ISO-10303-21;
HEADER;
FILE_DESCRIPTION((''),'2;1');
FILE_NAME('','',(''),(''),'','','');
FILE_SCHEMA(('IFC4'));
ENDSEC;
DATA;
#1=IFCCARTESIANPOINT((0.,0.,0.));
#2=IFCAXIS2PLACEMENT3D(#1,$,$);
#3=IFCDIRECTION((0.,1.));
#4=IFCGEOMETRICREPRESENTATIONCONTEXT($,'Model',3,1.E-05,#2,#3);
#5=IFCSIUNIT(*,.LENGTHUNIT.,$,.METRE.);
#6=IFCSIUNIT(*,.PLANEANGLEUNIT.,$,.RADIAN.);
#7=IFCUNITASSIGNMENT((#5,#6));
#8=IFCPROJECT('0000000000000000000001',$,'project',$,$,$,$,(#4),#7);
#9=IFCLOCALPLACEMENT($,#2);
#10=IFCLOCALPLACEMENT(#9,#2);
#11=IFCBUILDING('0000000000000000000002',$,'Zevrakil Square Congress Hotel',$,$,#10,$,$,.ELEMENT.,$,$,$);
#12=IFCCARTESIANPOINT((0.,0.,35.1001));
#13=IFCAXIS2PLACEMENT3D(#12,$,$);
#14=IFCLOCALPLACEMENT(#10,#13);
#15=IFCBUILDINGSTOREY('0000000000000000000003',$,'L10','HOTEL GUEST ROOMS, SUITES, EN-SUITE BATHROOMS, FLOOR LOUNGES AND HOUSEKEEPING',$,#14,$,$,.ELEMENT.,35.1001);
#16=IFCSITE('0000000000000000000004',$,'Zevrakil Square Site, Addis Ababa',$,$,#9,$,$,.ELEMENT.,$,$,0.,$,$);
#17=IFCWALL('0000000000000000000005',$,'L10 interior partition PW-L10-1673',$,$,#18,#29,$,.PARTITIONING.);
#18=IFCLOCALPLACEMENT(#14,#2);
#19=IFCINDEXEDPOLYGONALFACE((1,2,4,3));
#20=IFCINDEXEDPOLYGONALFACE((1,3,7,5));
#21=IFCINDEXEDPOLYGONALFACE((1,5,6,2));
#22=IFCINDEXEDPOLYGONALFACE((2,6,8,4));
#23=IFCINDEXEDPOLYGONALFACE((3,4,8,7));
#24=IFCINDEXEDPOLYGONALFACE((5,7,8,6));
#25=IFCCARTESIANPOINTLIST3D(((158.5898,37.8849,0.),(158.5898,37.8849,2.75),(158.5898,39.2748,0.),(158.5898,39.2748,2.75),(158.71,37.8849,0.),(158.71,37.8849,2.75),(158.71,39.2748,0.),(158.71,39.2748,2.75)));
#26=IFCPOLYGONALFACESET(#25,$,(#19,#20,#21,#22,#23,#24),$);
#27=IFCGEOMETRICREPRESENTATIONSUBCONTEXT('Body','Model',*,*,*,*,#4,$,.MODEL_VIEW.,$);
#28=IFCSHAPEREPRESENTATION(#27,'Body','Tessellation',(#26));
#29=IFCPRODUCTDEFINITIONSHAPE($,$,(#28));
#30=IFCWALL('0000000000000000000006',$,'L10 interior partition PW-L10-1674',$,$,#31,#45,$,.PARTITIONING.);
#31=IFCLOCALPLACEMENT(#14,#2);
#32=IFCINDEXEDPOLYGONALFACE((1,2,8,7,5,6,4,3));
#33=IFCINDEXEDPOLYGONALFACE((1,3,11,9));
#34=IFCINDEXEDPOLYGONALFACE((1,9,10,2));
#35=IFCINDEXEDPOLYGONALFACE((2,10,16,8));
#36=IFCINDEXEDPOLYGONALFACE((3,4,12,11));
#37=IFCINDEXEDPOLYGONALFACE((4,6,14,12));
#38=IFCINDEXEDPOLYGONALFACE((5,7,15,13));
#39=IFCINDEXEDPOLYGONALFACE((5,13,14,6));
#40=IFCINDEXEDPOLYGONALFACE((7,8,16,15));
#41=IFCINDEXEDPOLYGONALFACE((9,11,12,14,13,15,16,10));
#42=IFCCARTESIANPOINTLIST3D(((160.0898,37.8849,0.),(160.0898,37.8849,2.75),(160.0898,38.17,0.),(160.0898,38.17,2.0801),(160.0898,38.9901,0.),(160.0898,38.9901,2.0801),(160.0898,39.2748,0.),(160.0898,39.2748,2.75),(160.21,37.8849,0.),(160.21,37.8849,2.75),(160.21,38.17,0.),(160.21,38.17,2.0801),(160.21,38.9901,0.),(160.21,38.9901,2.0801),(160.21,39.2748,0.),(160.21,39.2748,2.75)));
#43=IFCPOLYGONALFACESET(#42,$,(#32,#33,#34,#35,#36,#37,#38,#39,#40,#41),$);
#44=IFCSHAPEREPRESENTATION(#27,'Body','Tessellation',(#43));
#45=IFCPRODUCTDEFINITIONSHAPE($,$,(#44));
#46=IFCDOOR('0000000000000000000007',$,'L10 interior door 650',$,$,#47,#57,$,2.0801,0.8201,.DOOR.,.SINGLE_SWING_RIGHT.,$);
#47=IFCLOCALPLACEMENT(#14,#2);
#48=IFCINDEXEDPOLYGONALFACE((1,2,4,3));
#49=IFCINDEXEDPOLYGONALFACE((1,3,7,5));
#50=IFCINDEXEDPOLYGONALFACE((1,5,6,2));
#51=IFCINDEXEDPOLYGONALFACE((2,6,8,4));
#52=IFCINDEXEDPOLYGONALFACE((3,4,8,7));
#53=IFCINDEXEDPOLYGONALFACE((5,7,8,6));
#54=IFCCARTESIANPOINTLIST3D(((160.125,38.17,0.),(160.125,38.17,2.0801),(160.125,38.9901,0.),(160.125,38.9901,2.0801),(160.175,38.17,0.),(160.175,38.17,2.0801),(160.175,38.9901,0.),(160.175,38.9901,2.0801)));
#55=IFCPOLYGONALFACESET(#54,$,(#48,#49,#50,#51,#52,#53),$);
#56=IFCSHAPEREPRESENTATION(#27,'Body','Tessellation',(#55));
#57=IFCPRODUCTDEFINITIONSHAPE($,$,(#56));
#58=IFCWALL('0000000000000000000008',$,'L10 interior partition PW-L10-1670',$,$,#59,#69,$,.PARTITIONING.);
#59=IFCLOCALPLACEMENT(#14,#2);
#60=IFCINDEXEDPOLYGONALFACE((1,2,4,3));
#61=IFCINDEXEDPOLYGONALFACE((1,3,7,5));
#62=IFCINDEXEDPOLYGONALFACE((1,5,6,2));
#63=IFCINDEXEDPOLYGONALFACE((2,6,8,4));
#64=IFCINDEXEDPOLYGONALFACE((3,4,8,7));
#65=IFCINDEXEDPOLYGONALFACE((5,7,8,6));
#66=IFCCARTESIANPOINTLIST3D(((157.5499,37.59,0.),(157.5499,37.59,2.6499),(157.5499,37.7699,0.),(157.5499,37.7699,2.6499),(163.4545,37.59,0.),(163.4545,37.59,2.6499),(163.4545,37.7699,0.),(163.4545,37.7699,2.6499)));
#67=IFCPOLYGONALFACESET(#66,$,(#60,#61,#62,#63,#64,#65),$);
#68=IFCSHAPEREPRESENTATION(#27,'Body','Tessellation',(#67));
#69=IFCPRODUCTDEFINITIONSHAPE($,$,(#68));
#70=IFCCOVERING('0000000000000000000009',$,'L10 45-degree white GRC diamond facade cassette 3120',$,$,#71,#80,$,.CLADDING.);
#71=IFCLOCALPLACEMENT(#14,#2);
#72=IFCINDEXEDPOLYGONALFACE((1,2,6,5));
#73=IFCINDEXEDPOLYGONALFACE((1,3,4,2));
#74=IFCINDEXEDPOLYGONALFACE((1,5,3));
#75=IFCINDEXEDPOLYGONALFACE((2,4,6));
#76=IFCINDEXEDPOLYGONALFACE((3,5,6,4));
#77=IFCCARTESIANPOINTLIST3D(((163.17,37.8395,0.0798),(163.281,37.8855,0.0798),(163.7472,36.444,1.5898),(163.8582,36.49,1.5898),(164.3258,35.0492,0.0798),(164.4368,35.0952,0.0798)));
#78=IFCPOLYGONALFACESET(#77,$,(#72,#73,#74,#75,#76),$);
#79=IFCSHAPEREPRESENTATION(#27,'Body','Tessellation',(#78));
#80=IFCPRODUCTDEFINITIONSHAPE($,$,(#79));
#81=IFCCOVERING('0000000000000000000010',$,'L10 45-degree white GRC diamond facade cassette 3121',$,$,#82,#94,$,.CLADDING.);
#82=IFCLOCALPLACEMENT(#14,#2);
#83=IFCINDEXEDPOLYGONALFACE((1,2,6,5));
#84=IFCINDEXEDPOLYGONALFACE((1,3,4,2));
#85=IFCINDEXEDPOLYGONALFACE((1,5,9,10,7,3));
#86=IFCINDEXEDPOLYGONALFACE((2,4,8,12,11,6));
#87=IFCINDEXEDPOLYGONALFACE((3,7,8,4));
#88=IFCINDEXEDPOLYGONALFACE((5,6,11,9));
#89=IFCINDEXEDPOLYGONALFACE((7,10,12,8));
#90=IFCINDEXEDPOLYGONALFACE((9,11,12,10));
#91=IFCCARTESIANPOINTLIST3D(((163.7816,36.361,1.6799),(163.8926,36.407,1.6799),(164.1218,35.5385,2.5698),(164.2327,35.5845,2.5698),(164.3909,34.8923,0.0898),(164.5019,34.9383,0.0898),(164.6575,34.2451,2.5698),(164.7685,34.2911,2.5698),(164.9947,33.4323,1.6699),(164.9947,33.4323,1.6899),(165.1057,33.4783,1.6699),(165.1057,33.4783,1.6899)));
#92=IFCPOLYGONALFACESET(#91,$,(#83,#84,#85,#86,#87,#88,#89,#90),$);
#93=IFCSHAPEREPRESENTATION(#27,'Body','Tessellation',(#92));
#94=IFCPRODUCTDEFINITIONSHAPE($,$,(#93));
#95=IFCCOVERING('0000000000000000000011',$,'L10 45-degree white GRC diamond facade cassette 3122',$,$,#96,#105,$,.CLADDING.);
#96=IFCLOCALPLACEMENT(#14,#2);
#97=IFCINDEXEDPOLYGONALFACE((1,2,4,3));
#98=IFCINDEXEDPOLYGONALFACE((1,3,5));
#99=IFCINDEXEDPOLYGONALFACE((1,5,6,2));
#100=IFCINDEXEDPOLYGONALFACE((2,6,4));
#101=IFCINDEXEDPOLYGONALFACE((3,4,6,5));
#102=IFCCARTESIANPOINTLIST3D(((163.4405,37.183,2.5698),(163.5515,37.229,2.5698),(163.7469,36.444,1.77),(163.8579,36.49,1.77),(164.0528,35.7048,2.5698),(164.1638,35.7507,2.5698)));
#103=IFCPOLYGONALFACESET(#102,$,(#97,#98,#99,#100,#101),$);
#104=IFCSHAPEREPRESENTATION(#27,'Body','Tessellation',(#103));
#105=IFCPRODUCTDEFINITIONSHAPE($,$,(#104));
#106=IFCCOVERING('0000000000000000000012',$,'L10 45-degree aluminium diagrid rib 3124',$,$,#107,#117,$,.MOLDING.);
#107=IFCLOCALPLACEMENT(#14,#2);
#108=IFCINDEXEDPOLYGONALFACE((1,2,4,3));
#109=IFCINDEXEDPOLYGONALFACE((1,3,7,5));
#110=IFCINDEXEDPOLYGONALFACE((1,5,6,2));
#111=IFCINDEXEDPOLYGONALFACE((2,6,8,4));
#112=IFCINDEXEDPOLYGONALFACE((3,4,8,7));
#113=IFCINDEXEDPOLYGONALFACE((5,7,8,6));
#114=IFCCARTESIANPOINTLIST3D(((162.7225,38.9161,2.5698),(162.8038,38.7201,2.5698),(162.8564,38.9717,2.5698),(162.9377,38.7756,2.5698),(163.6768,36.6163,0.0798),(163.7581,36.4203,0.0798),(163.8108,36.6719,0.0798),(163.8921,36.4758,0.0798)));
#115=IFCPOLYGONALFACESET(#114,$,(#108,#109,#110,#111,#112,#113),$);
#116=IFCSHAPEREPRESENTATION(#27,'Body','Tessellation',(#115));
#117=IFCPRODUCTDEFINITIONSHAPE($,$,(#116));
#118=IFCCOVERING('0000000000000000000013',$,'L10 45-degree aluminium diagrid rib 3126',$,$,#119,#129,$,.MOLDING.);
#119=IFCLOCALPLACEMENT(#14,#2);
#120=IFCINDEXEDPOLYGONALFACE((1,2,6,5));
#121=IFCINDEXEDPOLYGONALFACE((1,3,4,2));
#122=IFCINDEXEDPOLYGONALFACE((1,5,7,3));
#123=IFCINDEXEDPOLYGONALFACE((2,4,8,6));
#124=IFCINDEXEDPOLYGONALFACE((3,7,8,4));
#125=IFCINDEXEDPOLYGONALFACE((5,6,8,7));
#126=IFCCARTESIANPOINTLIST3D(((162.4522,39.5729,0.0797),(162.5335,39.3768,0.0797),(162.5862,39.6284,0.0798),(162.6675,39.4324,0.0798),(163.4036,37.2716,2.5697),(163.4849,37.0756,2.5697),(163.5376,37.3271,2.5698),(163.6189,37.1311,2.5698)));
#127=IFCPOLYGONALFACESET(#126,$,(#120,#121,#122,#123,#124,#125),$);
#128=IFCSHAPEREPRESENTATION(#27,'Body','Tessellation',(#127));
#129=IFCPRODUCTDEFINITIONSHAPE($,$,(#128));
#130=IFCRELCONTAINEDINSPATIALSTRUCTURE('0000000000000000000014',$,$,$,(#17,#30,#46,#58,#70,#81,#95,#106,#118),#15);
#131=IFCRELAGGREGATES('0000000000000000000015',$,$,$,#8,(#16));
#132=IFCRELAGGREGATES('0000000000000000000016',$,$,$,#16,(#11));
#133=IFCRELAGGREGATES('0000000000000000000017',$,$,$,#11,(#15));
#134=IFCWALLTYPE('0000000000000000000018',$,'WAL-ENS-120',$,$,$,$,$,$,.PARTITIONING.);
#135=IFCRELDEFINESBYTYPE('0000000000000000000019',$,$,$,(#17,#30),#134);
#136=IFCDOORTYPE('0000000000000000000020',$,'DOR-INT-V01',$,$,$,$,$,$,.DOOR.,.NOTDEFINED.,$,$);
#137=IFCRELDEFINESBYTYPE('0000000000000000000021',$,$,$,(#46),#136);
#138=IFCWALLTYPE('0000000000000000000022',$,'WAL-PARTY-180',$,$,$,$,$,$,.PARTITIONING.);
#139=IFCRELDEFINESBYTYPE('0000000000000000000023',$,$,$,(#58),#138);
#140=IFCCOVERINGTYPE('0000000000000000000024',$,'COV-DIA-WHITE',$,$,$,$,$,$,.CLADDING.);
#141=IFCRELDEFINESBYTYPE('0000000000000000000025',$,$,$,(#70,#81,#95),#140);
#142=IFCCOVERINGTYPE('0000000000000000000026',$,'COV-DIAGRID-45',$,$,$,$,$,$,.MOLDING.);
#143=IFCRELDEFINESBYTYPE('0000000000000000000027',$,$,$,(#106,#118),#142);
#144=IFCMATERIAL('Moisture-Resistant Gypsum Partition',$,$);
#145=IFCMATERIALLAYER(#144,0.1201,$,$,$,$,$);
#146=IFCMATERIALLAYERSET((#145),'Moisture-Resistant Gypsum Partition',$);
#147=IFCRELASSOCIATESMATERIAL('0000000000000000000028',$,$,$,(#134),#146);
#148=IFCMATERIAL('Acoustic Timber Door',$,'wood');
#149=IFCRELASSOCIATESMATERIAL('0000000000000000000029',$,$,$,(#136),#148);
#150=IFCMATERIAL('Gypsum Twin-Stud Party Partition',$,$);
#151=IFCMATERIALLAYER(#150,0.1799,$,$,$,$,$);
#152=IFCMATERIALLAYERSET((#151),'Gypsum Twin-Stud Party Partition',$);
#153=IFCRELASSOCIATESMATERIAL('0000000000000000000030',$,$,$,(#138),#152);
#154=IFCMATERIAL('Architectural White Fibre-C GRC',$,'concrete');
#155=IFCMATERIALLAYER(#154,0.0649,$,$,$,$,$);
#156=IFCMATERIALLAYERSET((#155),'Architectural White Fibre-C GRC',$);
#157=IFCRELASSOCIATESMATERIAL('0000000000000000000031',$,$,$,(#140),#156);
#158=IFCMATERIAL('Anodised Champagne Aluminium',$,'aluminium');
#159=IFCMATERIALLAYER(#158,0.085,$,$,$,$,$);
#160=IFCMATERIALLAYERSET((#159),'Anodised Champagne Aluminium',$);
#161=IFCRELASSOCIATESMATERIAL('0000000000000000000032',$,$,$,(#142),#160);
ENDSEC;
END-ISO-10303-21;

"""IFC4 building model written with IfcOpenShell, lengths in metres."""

from ifc_helpers import new_model, si_unit, direction, frame, frame_2d, origin, place, context, subcontext, project, spatial, polyline, rectangle, outline, extrude, material, layer, layer_set, type_object, element, fill, save


model = new_model("IFC4")

# Units and contexts
model_context = context("Model", 3, precision=1e-05, world=origin(), true_north=direction((0.0, 1.0)))
body_context = subcontext(model_context, "Body", "Model", "MODEL_VIEW")
ifc_project = project(units=[si_unit("LENGTHUNIT", "METRE"), si_unit("PLANEANGLEUNIT", "RADIAN")], contexts=[model_context])

# Site, building, storey
site_placement = place(None, origin())
site = spatial("IfcSite", under=ifc_project, at=site_placement, Name="Zevrakil Square Site, Addis Ababa", CompositionType="ELEMENT", RefElevation=0.0)
building_placement = place(site_placement, origin())
building = spatial("IfcBuilding", under=site, at=building_placement, Name="Zevrakil Square Congress Hotel", CompositionType="ELEMENT")
storey_placement = place(building_placement, frame((0.0, 0.0, 35.1001)))
storey = spatial("IfcBuildingStorey", under=building, at=storey_placement, Name="L10", Description="HOTEL GUEST ROOMS, SUITES, EN-SUITE BATHROOMS, FLOOR LOUNGES AND HOUSEKEEPING", CompositionType="ELEMENT", Elevation=35.1001)

# Wall
ifc_material_1 = material(Name="Moisture-Resistant Gypsum Partition")
ifc_layer_1 = layer(ifc_material_1, 0.1201)
ifc_layer_set_1 = layer_set([ifc_layer_1], Name="Moisture-Resistant Gypsum Partition")
wall_type_1 = type_object("IfcWallType", Name="WAL-ENS-120", PredefinedType="PARTITIONING", material=ifc_layer_set_1)
wall_1_placement = place(storey_placement, frame((158.6499, 37.885, 0.0), z_axis=(0.0, 0.0, 1.0), x_axis=(0.0, 1.0, 0.0)))
element("IfcWall", 1, at=wall_1_placement, inside=storey, type_object=wall_type_1, Name="L10 interior partition PW-L10-1673", PredefinedType="PARTITIONING", context=body_context, shape_type="SweptSolid", body=[
    extrude(rectangle(XDim=1.3899, YDim=0.1201, at=frame_2d((0.6948, 0.0))), origin(), (0.0, 0.0, 1.0), 2.75),
])

# Wall, opening, door
wall_2_placement = place(storey_placement, frame((160.1499, 37.885, 0.0), z_axis=(0.0, 0.0, 1.0), x_axis=(0.0, 1.0, 0.0)))
wall_2 = element("IfcWall", 2, at=wall_2_placement, inside=storey, type_object=wall_type_1, Name="L10 interior partition PW-L10-1674", PredefinedType="PARTITIONING", context=body_context, shape_type="SweptSolid", body=[
    extrude(rectangle(XDim=1.3899, YDim=0.1201, at=frame_2d((0.6948, 0.0))), origin(), (0.0, 0.0, 1.0), 2.75),
])
opening_1_placement = place(wall_2_placement, frame((0.2849, 0.0, 0.0)))
opening_1 = element("IfcOpeningElement", 3, at=opening_1_placement, cuts=wall_2, PredefinedType="OPENING", context=body_context, shape_type="SweptSolid", body=[
    extrude(rectangle(XDim=0.8201, YDim=2.0801, at=frame_2d((0.4102, 1.04))), frame((0.0, 0.0701, 0.0), z_axis=(0.0, -1.0, 0.0), x_axis=(1.0, 0.0, 0.0)), (0.0, 0.0, 1.0), 0.1401),
])
ifc_material_2 = material(Name="Acoustic Timber Door", Category="wood")
door_type_1 = type_object("IfcDoorType", Name="DOR-INT-V01", OperationType="NOTDEFINED", PredefinedType="DOOR", material=ifc_material_2)
door_1_placement = place(opening_1_placement, origin())
door_1 = element("IfcDoor", 4, at=door_1_placement, inside=storey, type_object=door_type_1, Name="L10 interior door 650", OperationType="SINGLE_SWING_RIGHT", OverallHeight=2.0801, OverallWidth=0.8201, PredefinedType="DOOR", context=body_context, shape_type="SweptSolid", body=[
    extrude(rectangle(XDim=0.8201, YDim=2.0801, at=frame_2d((0.4102, 1.04))), frame((0.0, 0.0249, 0.0), z_axis=(0.0, -1.0, 0.0), x_axis=(1.0, 0.0, 0.0)), (0.0, 0.0, 1.0), 0.05),
])
fill(opening_1, door_1)

# Wall
ifc_material_3 = material(Name="Gypsum Twin-Stud Party Partition")
ifc_layer_2 = layer(ifc_material_3, 0.1799)
ifc_layer_set_2 = layer_set([ifc_layer_2], Name="Gypsum Twin-Stud Party Partition")
wall_type_2 = type_object("IfcWallType", Name="WAL-PARTY-180", PredefinedType="PARTITIONING", material=ifc_layer_set_2)
wall_3_placement = place(storey_placement, frame((157.55, 37.6799, 0.0), z_axis=(0.0, 0.0, 1.0), x_axis=(1.0, 0.0, 0.0)))
element("IfcWall", 5, at=wall_3_placement, inside=storey, type_object=wall_type_2, Name="L10 interior partition PW-L10-1670", PredefinedType="PARTITIONING", context=body_context, shape_type="SweptSolid", body=[
    extrude(rectangle(XDim=5.9045, YDim=0.1799, at=frame_2d((2.9521, 0.0))), origin(), (0.0, 0.0, 1.0), 2.6499),
])

# Coverings
ifc_material_4 = material(Name="Architectural White Fibre-C GRC", Category="concrete")
ifc_layer_3 = layer(ifc_material_4, 0.0649)
ifc_layer_set_3 = layer_set([ifc_layer_3], Name="Architectural White Fibre-C GRC")
covering_type_1 = type_object("IfcCoveringType", Name="COV-DIA-WHITE", PredefinedType="CLADDING", material=ifc_layer_set_3)
covering_1_placement = place(storey_placement, frame((163.8582, 36.49, 1.5898), z_axis=(0.923881, 0.38268, 0.000541), x_axis=(-0.270255, 0.653458, -0.707075)))
element("IfcCovering", 6, at=covering_1_placement, inside=storey, type_object=covering_type_1, Name="L10 45-degree white GRC diamond facade cassette 3120", PredefinedType="CLADDING", context=body_context, shape_type="SweptSolid", body=[
    extrude(outline(polyline([(0.0, 0.0), (2.1356, 0.0), (-0.0001, -2.1355), (0.0, 0.0)])), origin(), (0.0, 0.0, -1.0), 0.1201),
])
covering_2_placement = place(storey_placement, frame((163.8926, 36.407, 1.6799), z_axis=(0.923881, 0.382678, 0.000553), x_axis=(0.270953, -0.653126, -0.707115)))
element("IfcCovering", 7, at=covering_2_placement, inside=storey, type_object=covering_type_1, Name="L10 45-degree white GRC diamond facade cassette 3121", PredefinedType="CLADDING", context=body_context, shape_type="SweptSolid", body=[
    extrude(outline(polyline([(0.0, 0.0), (2.2487, 0.0), (2.2486, -2.2345), (2.2344, -2.2486), (0.99, -2.2486), (0.0001, -1.2586), (0.0, 0.0)])), origin(), (0.0, 0.0, -1.0), 0.1201),
])
covering_3_placement = place(storey_placement, frame((163.8579, 36.49, 1.77), z_axis=(0.923883, 0.382675, 0.00034), x_axis=(0.270412, -0.653477, 0.706998)))
element("IfcCovering", 8, at=covering_3_placement, inside=storey, type_object=covering_type_1, Name="L10 45-degree white GRC diamond facade cassette 3122", PredefinedType="CLADDING", context=body_context, shape_type="SweptSolid", body=[
    extrude(outline(polyline([(0.0, 0.0), (1.1313, 0.0), (-0.0003, -1.1312), (0.0, 0.0)])), origin(), (0.0, 0.0, -1.0), 0.1201),
])
ifc_material_5 = material(Name="Anodised Champagne Aluminium", Category="aluminium")
ifc_layer_4 = layer(ifc_material_5, 0.085)
ifc_layer_set_4 = layer_set([ifc_layer_4], Name="Anodised Champagne Aluminium")
covering_type_2 = type_object("IfcCoveringType", Name="COV-DIAGRID-45", PredefinedType="MOLDING", material=ifc_layer_set_4)
covering_4_placement = place(storey_placement, frame((163.8108, 36.6719, 0.0798), z_axis=(0.923722, 0.383063, 0.000233), x_axis=(0.383063, -0.923722, 0.0)))
element("IfcCovering", 9, at=covering_4_placement, inside=storey, type_object=covering_type_2, Name="L10 45-degree aluminium diagrid rib 3124", PredefinedType="MOLDING", context=body_context, shape_type="SweptSolid", body=[
    extrude(outline(polyline([(0.0, 0.0), (0.2122, 0.0), (-2.2777, -2.49), (-2.49, -2.49), (0.0, 0.0)])), origin(), (0.0, 0.0, -1.0), 0.145),
])
covering_5_placement = place(storey_placement, frame((163.6189, 37.1311, 2.5698), z_axis=(0.923722, 0.383063, 0.001079), x_axis=(-0.383063, 0.923722, 0.0)))
element("IfcCovering", 10, at=covering_5_placement, inside=storey, type_object=covering_type_2, Name="L10 45-degree aluminium diagrid rib 3126", PredefinedType="MOLDING", context=body_context, shape_type="SweptSolid", body=[
    extrude(outline(polyline([(0.0, 0.0), (0.2122, 0.0), (2.7024, -2.49), (2.4902, -2.49), (0.0, 0.0)])), origin(), (0.0, 0.0, -1.0), 0.145),
])

save(model, "model.ifc")
